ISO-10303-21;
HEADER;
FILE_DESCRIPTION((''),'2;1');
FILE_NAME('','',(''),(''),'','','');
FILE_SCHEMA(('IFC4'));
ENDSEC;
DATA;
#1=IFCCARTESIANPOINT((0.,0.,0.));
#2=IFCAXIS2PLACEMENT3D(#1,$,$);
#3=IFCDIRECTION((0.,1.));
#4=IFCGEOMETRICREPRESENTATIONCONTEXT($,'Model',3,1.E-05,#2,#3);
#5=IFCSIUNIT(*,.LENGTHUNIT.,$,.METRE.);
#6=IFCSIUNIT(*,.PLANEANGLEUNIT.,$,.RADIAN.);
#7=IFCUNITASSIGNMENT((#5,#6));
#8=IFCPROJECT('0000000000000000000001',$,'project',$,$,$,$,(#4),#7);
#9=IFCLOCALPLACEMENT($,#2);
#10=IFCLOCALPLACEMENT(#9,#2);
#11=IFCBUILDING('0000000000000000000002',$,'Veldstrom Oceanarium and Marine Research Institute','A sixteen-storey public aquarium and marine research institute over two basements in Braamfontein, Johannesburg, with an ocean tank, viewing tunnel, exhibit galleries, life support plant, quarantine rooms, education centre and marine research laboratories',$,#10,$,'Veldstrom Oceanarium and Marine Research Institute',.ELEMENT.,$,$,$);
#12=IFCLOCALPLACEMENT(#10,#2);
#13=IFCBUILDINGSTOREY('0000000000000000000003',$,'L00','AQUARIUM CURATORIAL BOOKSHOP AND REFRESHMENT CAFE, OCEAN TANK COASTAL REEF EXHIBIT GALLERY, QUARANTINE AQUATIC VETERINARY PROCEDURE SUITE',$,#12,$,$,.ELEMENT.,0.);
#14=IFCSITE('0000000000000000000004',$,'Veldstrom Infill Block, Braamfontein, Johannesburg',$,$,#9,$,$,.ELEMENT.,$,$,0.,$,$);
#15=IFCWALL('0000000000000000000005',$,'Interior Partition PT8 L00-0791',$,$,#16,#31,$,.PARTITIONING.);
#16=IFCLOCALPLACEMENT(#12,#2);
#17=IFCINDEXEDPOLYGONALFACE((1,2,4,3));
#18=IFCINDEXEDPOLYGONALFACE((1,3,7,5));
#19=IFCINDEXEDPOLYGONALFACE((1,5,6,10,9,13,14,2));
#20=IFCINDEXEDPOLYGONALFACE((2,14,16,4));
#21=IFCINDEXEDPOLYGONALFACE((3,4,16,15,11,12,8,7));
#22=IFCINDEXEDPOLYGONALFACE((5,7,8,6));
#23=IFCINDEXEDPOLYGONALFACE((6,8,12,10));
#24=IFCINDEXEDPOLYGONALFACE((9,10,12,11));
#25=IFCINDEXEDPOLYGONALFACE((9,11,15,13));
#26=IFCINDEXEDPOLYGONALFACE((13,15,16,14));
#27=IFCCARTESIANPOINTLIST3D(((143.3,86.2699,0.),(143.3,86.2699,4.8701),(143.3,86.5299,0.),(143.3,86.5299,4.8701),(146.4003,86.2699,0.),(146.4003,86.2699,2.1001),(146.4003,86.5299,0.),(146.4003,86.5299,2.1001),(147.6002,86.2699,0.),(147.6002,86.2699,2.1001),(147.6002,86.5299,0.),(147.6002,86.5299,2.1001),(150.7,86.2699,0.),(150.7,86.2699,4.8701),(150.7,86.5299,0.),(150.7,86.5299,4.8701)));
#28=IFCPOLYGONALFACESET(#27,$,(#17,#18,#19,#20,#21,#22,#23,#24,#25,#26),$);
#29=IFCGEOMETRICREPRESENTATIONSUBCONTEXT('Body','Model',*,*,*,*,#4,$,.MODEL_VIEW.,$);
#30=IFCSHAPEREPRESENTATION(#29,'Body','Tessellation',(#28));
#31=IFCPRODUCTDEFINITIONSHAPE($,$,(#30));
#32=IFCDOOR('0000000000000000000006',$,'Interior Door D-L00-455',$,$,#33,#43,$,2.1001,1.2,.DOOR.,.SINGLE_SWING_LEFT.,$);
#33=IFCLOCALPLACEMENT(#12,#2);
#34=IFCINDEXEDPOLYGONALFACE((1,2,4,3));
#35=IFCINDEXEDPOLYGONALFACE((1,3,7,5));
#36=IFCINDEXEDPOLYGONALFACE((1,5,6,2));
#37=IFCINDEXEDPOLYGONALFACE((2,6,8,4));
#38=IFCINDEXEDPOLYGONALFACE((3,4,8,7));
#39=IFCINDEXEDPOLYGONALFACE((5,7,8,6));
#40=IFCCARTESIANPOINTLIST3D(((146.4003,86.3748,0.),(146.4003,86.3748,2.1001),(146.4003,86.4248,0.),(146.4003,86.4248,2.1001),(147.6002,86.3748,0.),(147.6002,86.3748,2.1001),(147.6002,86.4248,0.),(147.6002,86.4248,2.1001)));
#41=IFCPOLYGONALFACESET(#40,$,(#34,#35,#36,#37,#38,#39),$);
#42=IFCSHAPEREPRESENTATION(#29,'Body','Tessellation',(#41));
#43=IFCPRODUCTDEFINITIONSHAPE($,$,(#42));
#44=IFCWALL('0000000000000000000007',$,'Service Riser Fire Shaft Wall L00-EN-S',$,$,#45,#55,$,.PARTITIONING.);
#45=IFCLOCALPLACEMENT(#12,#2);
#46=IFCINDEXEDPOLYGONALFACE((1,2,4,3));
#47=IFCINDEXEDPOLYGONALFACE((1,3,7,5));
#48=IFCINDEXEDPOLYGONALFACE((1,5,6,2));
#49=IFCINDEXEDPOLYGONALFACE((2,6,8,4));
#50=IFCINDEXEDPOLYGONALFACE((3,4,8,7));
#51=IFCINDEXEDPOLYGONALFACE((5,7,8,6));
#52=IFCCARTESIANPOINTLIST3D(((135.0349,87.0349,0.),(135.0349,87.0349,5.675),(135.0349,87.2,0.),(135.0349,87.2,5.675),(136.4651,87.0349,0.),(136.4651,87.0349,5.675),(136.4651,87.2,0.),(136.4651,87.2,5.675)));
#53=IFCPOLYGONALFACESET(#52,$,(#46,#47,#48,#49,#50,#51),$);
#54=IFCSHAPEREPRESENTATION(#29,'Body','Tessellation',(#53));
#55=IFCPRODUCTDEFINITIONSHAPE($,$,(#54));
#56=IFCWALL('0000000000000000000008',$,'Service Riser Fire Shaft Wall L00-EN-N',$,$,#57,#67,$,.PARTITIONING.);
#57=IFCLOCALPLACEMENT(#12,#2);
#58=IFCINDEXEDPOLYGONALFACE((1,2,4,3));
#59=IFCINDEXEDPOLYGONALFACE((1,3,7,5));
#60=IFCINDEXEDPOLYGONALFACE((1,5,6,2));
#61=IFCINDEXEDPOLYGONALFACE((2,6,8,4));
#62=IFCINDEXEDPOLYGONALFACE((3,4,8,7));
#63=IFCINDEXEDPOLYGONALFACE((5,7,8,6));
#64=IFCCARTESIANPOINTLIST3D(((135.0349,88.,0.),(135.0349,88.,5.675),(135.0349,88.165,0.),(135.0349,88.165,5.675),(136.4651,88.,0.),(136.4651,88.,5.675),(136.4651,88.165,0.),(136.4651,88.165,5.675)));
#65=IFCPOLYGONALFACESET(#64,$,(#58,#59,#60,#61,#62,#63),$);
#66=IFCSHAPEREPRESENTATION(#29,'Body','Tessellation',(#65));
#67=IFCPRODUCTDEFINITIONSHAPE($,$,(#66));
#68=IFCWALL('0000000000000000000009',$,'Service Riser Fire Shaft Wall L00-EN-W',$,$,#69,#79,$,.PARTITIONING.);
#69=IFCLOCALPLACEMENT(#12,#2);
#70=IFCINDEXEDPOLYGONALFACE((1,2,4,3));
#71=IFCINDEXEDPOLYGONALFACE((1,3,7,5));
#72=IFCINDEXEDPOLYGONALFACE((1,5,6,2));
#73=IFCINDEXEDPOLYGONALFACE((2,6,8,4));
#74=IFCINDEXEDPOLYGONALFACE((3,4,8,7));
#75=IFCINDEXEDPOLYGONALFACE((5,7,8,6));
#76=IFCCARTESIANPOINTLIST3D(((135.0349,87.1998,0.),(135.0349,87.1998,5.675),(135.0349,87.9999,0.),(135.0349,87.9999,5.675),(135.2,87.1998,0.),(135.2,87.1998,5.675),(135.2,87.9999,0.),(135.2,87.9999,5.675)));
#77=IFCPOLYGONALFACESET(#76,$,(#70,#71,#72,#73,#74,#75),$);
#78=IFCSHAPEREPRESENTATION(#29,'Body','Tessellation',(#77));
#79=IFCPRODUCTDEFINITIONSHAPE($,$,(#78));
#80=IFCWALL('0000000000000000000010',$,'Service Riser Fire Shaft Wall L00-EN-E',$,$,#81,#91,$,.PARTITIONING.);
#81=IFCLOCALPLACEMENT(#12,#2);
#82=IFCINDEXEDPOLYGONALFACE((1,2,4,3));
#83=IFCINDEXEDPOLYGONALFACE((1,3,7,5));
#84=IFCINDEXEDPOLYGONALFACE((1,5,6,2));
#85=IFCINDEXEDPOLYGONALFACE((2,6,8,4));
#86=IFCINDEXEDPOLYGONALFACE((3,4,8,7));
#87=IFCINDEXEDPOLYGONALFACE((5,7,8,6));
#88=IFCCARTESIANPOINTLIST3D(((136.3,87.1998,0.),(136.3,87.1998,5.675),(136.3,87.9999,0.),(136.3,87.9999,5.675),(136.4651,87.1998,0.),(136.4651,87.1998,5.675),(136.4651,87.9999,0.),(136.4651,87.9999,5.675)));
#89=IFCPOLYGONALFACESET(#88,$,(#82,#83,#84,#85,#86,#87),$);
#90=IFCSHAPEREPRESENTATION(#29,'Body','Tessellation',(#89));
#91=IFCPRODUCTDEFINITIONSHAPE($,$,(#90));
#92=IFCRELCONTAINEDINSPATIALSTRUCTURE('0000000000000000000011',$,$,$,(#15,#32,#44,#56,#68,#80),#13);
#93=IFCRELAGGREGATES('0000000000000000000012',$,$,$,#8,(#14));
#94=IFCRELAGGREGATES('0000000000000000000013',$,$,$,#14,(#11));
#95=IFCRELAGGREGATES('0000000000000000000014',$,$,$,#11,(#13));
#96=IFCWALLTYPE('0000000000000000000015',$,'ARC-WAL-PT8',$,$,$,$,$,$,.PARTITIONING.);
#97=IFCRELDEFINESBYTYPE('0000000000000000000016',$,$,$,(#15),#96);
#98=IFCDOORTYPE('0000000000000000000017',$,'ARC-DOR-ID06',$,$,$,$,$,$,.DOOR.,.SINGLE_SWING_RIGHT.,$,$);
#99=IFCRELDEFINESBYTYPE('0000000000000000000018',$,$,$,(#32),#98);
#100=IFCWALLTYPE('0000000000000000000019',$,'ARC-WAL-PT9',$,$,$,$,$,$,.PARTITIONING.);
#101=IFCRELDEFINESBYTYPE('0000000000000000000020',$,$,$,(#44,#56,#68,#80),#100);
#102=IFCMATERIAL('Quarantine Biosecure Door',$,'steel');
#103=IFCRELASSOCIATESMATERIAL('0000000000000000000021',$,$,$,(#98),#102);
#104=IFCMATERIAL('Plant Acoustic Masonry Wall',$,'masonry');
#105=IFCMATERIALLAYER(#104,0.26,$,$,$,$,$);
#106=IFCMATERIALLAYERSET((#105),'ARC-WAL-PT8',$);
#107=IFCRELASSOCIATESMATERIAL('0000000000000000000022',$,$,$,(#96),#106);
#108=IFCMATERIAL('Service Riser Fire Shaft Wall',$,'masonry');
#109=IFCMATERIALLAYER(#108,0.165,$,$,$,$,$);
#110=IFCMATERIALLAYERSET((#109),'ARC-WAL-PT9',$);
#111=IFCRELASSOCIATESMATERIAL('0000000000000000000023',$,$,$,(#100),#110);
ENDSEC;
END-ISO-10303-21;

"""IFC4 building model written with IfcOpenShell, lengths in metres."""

from ifc_helpers import new_model, si_unit, direction, frame, frame_2d, origin, place, context, subcontext, project, spatial, rectangle, extrude, material, layer, layer_set, type_object, element, fill, save


model = new_model("IFC4")

# Units and contexts
model_context = context("Model", 3, precision=1e-05, world=origin(), true_north=direction((0.0, 1.0)))
body_context = subcontext(model_context, "Body", "Model", "MODEL_VIEW")
ifc_project = project(units=[si_unit("LENGTHUNIT", "METRE"), si_unit("PLANEANGLEUNIT", "RADIAN")], contexts=[model_context])

# Site, building, storey
site_placement = place(None, origin())
site = spatial("IfcSite", under=ifc_project, at=site_placement, Name="Veldstrom Infill Block, Braamfontein, Johannesburg", CompositionType="ELEMENT", RefElevation=0.0)
building_placement = place(site_placement, origin())
building = spatial("IfcBuilding", under=site, at=building_placement, Name="Veldstrom Oceanarium and Marine Research Institute", Description="A sixteen-storey public aquarium and marine research institute over two basements in Braamfontein, Johannesburg, with an ocean tank, viewing tunnel, exhibit galleries, life support plant, quarantine rooms, education centre and marine research laboratories", LongName="Veldstrom Oceanarium and Marine Research Institute", CompositionType="ELEMENT")
storey_placement = place(building_placement, origin())
storey = spatial("IfcBuildingStorey", under=building, at=storey_placement, Name="L00", Description="AQUARIUM CURATORIAL BOOKSHOP AND REFRESHMENT CAFE, OCEAN TANK COASTAL REEF EXHIBIT GALLERY, QUARANTINE AQUATIC VETERINARY PROCEDURE SUITE", CompositionType="ELEMENT", Elevation=0.0)

# Shared definitions
ifc_material_1 = material(Name="Quarantine Biosecure Door", Category="steel")
door_type = type_object("IfcDoorType", Name="ARC-DOR-ID06", OperationType="SINGLE_SWING_RIGHT", PredefinedType="DOOR", material=ifc_material_1)

# Shared definitions
ifc_material_2 = material(Name="Plant Acoustic Masonry Wall", Category="masonry")
ifc_layer_1 = layer(ifc_material_2, 0.26)
ifc_layer_set_1 = layer_set([ifc_layer_1], Name="ARC-WAL-PT8")
wall_type_1 = type_object("IfcWallType", Name="ARC-WAL-PT8", PredefinedType="PARTITIONING", material=ifc_layer_set_1)

# Wall, opening, door
wall_1_placement = place(storey_placement, frame((143.3, 86.3999, 0.0), z_axis=(0.0, 0.0, 1.0), x_axis=(1.0, 0.0, 0.0)))
wall_1 = element("IfcWall", 1, at=wall_1_placement, inside=storey, type_object=wall_type_1, Name="Interior Partition PT8 L00-0791", PredefinedType="PARTITIONING", context=body_context, shape_type="SweptSolid", body=[
    extrude(rectangle(XDim=7.3999, YDim=0.26, at=frame_2d((3.7, 0.0))), origin(), (0.0, 0.0, 1.0), 4.8701),
])
opening_1_placement = place(wall_1_placement, frame((3.1001, 0.0, 0.0)))
opening_1 = element("IfcOpeningElement", 2, at=opening_1_placement, cuts=wall_1, PredefinedType="OPENING", context=body_context, shape_type="SweptSolid", body=[
    extrude(rectangle(XDim=1.2, YDim=2.1001, at=frame_2d((0.6001, 1.05))), frame((0.0, 0.1399, 0.0), z_axis=(0.0, -1.0, 0.0), x_axis=(1.0, 0.0, 0.0)), (0.0, 0.0, 1.0), 0.28),
])
door_1_placement = place(opening_1_placement, origin())
door_1 = element("IfcDoor", 3, at=door_1_placement, inside=storey, type_object=door_type, Name="Interior Door D-L00-455", OperationType="SINGLE_SWING_LEFT", OverallHeight=2.1001, OverallWidth=1.2, PredefinedType="DOOR", context=body_context, shape_type="SweptSolid", body=[
    extrude(rectangle(XDim=1.2, YDim=2.1001, at=frame_2d((0.6001, 1.05))), frame((0.0, 0.0249, 0.0), z_axis=(0.0, -1.0, 0.0), x_axis=(1.0, 0.0, 0.0)), (0.0, 0.0, 1.0), 0.05),
])
fill(opening_1, door_1)

# Walls
ifc_material_3 = material(Name="Service Riser Fire Shaft Wall", Category="masonry")
ifc_layer_2 = layer(ifc_material_3, 0.165)
ifc_layer_set_2 = layer_set([ifc_layer_2], Name="ARC-WAL-PT9")
wall_type_2 = type_object("IfcWallType", Name="ARC-WAL-PT9", PredefinedType="PARTITIONING", material=ifc_layer_set_2)
for number, where, z_axis, x_axis, name in (
    (4, (135.0349, 87.1174, 0.0), (0.0, 0.0, 1.0), (1.0, 0.0, 0.0), "Service Riser Fire Shaft Wall L00-EN-S"),
    (5, (135.0349, 88.0825, 0.0), (0.0, 0.0, 1.0), (1.0, 0.0, 0.0), "Service Riser Fire Shaft Wall L00-EN-N"),
):
    element("IfcWall", number, at=place(storey_placement, frame(where, z_axis=z_axis, x_axis=x_axis)), inside=storey, type_object=wall_type_2, Name=name, PredefinedType="PARTITIONING", context=body_context, shape_type="SweptSolid", body=[
        extrude(rectangle(XDim=1.4302, YDim=0.165, at=frame_2d((0.7151, 0.0))), origin(), (0.0, 0.0, 1.0), 5.675),
    ])
for number, where, z_axis, x_axis, name in (
    (6, (135.1174, 87.2, 0.0), (0.0, 0.0, 1.0), (0.0, 1.0, 0.0), "Service Riser Fire Shaft Wall L00-EN-W"),
    (7, (136.3826, 87.2, 0.0), (0.0, 0.0, 1.0), (0.0, 1.0, 0.0), "Service Riser Fire Shaft Wall L00-EN-E"),
):
    element("IfcWall", number, at=place(storey_placement, frame(where, z_axis=z_axis, x_axis=x_axis)), inside=storey, type_object=wall_type_2, Name=name, PredefinedType="PARTITIONING", context=body_context, shape_type="SweptSolid", body=[
        extrude(rectangle(XDim=0.8, YDim=0.165, at=frame_2d((0.3999, 0.0))), origin(), (0.0, 0.0, 1.0), 5.675),
    ])

save(model, "model.ifc")
